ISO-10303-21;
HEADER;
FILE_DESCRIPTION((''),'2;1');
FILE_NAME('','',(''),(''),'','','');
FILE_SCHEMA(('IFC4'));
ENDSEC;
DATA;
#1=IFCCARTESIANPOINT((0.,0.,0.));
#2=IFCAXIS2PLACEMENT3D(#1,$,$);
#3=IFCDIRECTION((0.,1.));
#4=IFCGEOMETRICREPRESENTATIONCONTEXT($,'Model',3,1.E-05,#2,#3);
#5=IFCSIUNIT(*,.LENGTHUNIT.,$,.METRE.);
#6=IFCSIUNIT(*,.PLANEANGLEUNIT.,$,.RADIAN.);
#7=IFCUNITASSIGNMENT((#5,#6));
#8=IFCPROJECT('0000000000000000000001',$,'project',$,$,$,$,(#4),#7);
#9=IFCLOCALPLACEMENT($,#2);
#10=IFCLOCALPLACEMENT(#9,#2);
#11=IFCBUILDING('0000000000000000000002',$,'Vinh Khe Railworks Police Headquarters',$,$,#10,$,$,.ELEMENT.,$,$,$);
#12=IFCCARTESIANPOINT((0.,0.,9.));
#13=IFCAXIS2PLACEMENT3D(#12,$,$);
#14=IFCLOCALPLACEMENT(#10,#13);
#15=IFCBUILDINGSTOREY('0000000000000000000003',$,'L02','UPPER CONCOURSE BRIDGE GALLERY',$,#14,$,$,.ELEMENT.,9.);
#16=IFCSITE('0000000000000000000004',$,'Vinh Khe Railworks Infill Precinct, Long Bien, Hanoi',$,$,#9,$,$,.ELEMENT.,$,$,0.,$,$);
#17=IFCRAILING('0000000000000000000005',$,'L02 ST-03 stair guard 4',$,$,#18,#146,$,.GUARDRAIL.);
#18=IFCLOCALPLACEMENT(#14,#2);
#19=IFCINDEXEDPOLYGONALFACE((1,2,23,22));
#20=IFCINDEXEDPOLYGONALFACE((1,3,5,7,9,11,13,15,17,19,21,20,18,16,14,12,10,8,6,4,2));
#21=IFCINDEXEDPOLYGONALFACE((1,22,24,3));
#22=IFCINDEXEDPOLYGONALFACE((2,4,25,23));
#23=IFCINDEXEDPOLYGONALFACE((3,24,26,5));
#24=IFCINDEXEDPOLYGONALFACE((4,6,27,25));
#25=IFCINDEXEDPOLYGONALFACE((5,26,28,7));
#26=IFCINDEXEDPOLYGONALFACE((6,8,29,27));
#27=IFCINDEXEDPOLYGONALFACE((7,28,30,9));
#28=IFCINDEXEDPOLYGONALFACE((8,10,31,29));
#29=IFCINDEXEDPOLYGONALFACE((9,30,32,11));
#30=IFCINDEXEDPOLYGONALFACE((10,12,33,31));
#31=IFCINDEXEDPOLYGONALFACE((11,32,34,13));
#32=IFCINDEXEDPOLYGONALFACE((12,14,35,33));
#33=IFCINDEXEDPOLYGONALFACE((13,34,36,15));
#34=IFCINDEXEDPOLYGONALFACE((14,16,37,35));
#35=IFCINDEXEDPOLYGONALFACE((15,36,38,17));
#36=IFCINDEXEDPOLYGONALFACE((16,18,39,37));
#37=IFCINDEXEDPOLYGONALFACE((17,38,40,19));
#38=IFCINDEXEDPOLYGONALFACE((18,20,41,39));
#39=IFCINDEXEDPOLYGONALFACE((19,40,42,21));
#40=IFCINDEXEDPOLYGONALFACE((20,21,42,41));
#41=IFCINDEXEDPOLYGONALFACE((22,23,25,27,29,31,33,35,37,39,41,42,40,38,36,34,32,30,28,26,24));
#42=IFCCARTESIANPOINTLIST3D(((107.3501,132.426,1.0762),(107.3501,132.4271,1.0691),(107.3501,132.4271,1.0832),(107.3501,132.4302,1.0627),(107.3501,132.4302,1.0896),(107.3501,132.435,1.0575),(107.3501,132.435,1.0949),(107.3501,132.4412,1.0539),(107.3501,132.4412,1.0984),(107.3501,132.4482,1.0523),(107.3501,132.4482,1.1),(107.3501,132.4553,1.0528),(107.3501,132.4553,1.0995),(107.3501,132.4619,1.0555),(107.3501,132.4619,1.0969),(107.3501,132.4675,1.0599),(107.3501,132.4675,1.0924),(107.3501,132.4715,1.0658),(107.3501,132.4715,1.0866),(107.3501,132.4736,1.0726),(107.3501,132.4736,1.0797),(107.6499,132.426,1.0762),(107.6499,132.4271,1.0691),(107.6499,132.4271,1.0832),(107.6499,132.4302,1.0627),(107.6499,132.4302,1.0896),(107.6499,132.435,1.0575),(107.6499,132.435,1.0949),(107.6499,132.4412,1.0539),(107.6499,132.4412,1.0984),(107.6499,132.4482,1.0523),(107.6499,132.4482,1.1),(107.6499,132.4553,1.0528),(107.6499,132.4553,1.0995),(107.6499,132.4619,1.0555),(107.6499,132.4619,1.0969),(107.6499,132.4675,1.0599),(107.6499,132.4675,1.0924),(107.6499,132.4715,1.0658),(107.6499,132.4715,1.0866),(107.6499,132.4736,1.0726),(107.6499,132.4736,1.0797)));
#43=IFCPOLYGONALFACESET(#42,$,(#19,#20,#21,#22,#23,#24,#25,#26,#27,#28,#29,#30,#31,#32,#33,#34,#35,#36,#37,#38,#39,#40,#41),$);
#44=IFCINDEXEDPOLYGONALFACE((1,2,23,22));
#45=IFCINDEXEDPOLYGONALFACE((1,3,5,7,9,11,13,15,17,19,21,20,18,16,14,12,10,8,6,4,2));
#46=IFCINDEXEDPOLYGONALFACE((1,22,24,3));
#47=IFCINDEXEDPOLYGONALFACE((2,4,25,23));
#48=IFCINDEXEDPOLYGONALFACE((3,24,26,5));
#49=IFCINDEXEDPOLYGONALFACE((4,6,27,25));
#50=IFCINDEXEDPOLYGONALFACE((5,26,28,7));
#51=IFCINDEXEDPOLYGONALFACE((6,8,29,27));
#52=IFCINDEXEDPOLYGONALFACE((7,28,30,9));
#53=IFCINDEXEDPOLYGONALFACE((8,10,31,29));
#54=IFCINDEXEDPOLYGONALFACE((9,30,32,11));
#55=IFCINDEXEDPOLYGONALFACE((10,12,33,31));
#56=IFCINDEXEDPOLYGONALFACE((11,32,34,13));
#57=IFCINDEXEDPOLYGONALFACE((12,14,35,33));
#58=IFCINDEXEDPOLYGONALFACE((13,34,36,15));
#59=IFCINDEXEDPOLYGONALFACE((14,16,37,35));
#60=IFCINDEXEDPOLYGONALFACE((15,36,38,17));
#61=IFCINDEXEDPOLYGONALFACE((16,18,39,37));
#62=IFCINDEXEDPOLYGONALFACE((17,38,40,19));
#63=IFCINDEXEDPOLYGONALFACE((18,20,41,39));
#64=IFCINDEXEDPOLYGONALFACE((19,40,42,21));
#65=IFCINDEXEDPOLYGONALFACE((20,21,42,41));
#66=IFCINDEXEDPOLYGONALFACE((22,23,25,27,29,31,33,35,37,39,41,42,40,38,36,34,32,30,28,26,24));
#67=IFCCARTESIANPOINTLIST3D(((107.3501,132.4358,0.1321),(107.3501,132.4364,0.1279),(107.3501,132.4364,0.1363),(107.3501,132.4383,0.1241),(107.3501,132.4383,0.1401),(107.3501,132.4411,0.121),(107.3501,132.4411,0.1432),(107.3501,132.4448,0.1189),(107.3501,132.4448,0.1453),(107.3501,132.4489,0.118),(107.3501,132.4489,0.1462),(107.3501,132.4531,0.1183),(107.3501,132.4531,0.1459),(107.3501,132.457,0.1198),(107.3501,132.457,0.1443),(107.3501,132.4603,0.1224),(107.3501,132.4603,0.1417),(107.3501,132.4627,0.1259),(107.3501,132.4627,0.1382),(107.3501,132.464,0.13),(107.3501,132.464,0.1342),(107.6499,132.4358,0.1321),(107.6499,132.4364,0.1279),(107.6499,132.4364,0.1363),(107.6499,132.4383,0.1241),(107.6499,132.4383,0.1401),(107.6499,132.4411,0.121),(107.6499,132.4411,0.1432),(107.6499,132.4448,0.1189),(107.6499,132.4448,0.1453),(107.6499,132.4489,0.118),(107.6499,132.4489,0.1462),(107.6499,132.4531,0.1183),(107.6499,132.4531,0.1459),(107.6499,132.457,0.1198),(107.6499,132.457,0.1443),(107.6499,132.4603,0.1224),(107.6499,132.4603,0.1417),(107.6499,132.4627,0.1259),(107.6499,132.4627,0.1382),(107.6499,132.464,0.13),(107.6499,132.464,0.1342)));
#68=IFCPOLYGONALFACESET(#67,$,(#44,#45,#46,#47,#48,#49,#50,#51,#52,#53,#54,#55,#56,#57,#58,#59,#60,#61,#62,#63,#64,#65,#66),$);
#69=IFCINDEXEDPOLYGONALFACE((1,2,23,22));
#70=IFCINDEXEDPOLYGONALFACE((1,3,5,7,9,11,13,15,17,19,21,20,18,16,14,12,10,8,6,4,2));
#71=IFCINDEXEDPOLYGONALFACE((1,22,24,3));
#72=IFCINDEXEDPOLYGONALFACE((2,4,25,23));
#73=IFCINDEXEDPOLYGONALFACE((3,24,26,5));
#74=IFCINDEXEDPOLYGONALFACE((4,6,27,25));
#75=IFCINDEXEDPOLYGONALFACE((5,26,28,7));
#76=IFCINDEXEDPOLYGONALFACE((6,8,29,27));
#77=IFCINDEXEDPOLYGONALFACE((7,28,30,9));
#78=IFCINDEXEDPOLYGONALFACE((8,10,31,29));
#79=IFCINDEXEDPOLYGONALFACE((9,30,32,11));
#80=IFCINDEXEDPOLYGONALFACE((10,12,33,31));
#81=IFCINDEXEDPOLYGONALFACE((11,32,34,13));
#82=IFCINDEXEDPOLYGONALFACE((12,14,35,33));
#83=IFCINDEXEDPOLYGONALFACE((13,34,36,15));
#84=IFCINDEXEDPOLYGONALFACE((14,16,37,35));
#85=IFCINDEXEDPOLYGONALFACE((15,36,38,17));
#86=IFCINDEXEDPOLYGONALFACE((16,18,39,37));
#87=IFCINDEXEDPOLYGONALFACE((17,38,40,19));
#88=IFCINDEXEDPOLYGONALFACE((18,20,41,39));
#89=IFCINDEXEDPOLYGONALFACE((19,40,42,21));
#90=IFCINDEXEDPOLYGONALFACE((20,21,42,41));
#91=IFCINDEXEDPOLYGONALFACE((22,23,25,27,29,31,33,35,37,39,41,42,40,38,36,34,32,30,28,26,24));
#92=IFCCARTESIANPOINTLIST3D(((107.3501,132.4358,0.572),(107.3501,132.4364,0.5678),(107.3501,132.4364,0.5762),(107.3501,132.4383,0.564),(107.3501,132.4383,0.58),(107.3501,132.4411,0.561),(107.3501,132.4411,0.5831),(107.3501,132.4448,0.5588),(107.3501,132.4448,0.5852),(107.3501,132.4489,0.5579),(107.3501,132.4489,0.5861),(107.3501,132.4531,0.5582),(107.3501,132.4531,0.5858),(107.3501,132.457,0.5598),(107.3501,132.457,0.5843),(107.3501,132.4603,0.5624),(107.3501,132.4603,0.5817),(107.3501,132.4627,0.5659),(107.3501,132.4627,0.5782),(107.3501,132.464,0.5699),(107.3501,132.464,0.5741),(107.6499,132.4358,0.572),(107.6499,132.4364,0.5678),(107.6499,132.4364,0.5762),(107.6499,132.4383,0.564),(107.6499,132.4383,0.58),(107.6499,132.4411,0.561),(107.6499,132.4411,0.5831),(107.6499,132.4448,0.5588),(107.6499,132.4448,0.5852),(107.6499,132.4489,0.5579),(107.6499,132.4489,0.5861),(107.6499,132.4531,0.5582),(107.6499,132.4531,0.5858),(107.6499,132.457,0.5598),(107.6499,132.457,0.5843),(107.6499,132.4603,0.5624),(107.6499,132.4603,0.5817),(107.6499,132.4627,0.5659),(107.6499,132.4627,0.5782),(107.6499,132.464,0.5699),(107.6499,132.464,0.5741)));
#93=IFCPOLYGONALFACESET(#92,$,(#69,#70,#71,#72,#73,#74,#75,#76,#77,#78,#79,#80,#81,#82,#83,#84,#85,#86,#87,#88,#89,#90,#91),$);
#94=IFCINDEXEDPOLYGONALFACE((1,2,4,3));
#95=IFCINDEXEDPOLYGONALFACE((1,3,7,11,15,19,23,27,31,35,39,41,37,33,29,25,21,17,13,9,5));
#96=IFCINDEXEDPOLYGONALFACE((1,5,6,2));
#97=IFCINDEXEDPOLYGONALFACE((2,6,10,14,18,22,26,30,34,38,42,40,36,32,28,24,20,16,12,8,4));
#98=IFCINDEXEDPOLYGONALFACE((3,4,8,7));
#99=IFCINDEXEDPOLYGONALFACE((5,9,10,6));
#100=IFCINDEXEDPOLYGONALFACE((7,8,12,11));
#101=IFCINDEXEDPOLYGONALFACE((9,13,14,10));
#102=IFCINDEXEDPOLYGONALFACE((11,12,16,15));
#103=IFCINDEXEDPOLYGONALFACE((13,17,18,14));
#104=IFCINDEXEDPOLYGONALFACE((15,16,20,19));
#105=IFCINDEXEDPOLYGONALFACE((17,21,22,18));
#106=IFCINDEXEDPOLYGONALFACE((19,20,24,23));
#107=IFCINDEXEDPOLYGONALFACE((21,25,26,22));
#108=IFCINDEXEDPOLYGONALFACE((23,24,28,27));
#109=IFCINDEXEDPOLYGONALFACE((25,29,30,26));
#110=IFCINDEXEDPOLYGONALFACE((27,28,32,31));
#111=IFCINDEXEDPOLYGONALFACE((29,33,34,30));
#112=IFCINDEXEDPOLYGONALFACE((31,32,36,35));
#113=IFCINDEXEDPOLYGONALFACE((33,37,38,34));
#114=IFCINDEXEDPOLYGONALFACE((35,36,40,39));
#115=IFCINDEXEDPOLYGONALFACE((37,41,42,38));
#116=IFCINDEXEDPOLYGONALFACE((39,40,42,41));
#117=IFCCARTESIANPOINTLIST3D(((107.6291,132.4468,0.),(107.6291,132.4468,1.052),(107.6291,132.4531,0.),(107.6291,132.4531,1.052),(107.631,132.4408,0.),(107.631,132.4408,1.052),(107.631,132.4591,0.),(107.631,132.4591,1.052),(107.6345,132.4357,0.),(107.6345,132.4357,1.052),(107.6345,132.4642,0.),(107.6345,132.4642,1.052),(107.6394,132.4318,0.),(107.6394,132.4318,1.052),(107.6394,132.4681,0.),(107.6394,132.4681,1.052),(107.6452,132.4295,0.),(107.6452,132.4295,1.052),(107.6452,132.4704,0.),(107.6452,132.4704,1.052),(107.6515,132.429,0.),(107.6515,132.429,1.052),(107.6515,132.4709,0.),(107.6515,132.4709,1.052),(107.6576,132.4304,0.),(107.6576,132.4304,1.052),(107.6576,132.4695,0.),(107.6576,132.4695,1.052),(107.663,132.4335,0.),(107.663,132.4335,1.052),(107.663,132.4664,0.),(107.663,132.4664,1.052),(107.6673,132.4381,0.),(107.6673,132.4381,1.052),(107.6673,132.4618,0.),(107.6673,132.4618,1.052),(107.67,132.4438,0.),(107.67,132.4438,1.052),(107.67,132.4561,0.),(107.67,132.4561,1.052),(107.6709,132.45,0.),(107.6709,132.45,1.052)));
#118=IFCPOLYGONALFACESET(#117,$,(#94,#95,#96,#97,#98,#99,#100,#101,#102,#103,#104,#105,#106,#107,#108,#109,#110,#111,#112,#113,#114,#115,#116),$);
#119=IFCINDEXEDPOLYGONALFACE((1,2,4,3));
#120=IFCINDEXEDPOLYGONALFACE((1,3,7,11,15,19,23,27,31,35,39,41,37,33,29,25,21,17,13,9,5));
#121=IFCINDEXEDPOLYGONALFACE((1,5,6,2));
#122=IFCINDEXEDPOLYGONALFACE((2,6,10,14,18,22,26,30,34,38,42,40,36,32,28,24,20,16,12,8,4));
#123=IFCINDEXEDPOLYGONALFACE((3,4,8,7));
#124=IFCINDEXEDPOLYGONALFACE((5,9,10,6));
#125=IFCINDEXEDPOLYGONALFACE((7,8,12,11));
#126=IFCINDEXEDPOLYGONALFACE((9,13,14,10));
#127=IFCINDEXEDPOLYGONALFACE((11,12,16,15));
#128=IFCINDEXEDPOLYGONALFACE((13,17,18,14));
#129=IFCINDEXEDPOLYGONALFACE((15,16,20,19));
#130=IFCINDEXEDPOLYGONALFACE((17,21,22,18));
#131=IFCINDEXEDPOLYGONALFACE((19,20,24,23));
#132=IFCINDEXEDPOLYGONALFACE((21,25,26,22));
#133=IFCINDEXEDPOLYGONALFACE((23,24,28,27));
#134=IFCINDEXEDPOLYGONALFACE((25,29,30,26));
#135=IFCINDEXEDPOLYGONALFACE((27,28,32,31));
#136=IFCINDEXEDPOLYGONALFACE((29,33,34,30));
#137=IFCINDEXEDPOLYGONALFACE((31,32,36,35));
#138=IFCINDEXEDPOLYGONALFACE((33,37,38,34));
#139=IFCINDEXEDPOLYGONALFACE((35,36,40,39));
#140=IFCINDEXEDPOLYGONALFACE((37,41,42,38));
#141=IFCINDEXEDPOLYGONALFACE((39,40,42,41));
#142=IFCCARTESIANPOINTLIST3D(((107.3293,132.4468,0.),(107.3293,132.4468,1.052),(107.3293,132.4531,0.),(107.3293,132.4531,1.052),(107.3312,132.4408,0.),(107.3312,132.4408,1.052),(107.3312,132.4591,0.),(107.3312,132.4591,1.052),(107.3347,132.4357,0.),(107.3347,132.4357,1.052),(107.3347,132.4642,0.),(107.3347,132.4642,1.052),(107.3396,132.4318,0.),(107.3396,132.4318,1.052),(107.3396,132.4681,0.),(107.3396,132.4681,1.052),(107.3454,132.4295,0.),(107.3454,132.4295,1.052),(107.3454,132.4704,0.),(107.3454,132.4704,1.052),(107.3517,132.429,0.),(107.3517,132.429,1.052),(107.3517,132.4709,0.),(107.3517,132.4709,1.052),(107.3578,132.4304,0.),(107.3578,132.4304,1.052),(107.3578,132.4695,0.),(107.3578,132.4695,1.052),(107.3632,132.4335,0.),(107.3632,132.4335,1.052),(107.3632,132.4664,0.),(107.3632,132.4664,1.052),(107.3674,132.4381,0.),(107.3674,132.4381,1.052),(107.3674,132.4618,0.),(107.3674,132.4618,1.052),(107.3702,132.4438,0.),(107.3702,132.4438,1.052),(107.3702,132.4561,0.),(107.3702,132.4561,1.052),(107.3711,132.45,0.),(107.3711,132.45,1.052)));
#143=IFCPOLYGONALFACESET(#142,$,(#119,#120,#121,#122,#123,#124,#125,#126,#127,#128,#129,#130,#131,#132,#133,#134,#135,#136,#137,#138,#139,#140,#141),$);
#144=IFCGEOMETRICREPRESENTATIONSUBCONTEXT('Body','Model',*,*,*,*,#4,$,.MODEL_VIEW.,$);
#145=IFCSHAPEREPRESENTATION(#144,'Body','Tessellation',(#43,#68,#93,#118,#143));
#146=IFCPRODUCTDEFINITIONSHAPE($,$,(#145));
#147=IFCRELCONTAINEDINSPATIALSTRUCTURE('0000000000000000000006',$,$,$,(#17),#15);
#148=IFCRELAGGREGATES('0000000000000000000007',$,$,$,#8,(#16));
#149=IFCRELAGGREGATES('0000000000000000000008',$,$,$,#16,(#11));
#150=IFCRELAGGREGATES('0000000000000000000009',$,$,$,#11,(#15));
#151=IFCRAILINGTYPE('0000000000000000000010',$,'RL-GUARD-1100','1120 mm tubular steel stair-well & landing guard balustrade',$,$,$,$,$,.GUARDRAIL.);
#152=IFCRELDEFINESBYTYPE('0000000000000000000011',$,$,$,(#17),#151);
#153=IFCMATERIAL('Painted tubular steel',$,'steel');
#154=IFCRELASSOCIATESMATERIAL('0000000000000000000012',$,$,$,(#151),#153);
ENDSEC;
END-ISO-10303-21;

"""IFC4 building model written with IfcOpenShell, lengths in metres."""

from ifc_helpers import new_model, si_unit, direction, frame, origin, origin_2d, place, context, subcontext, project, spatial, circle, extrude, material, type_object, element, save


model = new_model("IFC4")

# Units and contexts
model_context = context("Model", 3, precision=1e-05, world=origin(), true_north=direction((0.0, 1.0)))
body_context = subcontext(model_context, "Body", "Model", "MODEL_VIEW")
ifc_project = project(units=[si_unit("LENGTHUNIT", "METRE"), si_unit("PLANEANGLEUNIT", "RADIAN")], contexts=[model_context])

# Site, building, storey
site_placement = place(None, origin())
site = spatial("IfcSite", under=ifc_project, at=site_placement, Name="Vinh Khe Railworks Infill Precinct, Long Bien, Hanoi", CompositionType="ELEMENT", RefElevation=0.0)
building_placement = place(site_placement, origin())
building = spatial("IfcBuilding", under=site, at=building_placement, Name="Vinh Khe Railworks Police Headquarters", CompositionType="ELEMENT")
storey_placement = place(building_placement, frame((0.0, 0.0, 9.0)))
storey = spatial("IfcBuildingStorey", under=building, at=storey_placement, Name="L02", Description="UPPER CONCOURSE BRIDGE GALLERY", CompositionType="ELEMENT", Elevation=9.0)

# Railing
ifc_material_1 = material(Name="Painted tubular steel", Category="steel")
railing_type_1 = type_object("IfcRailingType", Name="RL-GUARD-1100", Description="1120 mm tubular steel stair-well & landing guard balustrade", PredefinedType="GUARDRAIL", material=ifc_material_1)
railing_1_placement = place(storey_placement, frame((107.6499, 132.45, 0.0)))
element("IfcRailing", 1, at=railing_1_placement, inside=storey, type_object=railing_type_1, Name="L02 ST-03 stair guard 4", PredefinedType="GUARDRAIL", context=body_context, shape_type="SweptSolid", body=[
    extrude(circle(Radius=0.0239, at=origin_2d()), frame((0.0, 0.0, 1.0762), z_axis=(-1.0, 0.0, 0.0), x_axis=(0.0, -1.0, 0.0)), (0.0, 0.0, 1.0), 0.2998),
    extrude(circle(Radius=0.0142, at=origin_2d()), frame((0.0, 0.0, 0.1321), z_axis=(-1.0, 0.0, 0.0), x_axis=(0.0, -1.0, 0.0)), (0.0, 0.0, 1.0), 0.2998),
    extrude(circle(Radius=0.0142, at=origin_2d()), frame((0.0, 0.0, 0.572), z_axis=(-1.0, 0.0, 0.0), x_axis=(0.0, -1.0, 0.0)), (0.0, 0.0, 1.0), 0.2998),
    extrude(circle(Radius=0.021, at=origin_2d()), origin(), (0.0, 0.0, 1.0), 1.052),
    extrude(circle(Radius=0.021, at=origin_2d()), frame((-0.2998, 0.0, 0.0)), (0.0, 0.0, 1.0), 1.052),
])

save(model, "model.ifc")
